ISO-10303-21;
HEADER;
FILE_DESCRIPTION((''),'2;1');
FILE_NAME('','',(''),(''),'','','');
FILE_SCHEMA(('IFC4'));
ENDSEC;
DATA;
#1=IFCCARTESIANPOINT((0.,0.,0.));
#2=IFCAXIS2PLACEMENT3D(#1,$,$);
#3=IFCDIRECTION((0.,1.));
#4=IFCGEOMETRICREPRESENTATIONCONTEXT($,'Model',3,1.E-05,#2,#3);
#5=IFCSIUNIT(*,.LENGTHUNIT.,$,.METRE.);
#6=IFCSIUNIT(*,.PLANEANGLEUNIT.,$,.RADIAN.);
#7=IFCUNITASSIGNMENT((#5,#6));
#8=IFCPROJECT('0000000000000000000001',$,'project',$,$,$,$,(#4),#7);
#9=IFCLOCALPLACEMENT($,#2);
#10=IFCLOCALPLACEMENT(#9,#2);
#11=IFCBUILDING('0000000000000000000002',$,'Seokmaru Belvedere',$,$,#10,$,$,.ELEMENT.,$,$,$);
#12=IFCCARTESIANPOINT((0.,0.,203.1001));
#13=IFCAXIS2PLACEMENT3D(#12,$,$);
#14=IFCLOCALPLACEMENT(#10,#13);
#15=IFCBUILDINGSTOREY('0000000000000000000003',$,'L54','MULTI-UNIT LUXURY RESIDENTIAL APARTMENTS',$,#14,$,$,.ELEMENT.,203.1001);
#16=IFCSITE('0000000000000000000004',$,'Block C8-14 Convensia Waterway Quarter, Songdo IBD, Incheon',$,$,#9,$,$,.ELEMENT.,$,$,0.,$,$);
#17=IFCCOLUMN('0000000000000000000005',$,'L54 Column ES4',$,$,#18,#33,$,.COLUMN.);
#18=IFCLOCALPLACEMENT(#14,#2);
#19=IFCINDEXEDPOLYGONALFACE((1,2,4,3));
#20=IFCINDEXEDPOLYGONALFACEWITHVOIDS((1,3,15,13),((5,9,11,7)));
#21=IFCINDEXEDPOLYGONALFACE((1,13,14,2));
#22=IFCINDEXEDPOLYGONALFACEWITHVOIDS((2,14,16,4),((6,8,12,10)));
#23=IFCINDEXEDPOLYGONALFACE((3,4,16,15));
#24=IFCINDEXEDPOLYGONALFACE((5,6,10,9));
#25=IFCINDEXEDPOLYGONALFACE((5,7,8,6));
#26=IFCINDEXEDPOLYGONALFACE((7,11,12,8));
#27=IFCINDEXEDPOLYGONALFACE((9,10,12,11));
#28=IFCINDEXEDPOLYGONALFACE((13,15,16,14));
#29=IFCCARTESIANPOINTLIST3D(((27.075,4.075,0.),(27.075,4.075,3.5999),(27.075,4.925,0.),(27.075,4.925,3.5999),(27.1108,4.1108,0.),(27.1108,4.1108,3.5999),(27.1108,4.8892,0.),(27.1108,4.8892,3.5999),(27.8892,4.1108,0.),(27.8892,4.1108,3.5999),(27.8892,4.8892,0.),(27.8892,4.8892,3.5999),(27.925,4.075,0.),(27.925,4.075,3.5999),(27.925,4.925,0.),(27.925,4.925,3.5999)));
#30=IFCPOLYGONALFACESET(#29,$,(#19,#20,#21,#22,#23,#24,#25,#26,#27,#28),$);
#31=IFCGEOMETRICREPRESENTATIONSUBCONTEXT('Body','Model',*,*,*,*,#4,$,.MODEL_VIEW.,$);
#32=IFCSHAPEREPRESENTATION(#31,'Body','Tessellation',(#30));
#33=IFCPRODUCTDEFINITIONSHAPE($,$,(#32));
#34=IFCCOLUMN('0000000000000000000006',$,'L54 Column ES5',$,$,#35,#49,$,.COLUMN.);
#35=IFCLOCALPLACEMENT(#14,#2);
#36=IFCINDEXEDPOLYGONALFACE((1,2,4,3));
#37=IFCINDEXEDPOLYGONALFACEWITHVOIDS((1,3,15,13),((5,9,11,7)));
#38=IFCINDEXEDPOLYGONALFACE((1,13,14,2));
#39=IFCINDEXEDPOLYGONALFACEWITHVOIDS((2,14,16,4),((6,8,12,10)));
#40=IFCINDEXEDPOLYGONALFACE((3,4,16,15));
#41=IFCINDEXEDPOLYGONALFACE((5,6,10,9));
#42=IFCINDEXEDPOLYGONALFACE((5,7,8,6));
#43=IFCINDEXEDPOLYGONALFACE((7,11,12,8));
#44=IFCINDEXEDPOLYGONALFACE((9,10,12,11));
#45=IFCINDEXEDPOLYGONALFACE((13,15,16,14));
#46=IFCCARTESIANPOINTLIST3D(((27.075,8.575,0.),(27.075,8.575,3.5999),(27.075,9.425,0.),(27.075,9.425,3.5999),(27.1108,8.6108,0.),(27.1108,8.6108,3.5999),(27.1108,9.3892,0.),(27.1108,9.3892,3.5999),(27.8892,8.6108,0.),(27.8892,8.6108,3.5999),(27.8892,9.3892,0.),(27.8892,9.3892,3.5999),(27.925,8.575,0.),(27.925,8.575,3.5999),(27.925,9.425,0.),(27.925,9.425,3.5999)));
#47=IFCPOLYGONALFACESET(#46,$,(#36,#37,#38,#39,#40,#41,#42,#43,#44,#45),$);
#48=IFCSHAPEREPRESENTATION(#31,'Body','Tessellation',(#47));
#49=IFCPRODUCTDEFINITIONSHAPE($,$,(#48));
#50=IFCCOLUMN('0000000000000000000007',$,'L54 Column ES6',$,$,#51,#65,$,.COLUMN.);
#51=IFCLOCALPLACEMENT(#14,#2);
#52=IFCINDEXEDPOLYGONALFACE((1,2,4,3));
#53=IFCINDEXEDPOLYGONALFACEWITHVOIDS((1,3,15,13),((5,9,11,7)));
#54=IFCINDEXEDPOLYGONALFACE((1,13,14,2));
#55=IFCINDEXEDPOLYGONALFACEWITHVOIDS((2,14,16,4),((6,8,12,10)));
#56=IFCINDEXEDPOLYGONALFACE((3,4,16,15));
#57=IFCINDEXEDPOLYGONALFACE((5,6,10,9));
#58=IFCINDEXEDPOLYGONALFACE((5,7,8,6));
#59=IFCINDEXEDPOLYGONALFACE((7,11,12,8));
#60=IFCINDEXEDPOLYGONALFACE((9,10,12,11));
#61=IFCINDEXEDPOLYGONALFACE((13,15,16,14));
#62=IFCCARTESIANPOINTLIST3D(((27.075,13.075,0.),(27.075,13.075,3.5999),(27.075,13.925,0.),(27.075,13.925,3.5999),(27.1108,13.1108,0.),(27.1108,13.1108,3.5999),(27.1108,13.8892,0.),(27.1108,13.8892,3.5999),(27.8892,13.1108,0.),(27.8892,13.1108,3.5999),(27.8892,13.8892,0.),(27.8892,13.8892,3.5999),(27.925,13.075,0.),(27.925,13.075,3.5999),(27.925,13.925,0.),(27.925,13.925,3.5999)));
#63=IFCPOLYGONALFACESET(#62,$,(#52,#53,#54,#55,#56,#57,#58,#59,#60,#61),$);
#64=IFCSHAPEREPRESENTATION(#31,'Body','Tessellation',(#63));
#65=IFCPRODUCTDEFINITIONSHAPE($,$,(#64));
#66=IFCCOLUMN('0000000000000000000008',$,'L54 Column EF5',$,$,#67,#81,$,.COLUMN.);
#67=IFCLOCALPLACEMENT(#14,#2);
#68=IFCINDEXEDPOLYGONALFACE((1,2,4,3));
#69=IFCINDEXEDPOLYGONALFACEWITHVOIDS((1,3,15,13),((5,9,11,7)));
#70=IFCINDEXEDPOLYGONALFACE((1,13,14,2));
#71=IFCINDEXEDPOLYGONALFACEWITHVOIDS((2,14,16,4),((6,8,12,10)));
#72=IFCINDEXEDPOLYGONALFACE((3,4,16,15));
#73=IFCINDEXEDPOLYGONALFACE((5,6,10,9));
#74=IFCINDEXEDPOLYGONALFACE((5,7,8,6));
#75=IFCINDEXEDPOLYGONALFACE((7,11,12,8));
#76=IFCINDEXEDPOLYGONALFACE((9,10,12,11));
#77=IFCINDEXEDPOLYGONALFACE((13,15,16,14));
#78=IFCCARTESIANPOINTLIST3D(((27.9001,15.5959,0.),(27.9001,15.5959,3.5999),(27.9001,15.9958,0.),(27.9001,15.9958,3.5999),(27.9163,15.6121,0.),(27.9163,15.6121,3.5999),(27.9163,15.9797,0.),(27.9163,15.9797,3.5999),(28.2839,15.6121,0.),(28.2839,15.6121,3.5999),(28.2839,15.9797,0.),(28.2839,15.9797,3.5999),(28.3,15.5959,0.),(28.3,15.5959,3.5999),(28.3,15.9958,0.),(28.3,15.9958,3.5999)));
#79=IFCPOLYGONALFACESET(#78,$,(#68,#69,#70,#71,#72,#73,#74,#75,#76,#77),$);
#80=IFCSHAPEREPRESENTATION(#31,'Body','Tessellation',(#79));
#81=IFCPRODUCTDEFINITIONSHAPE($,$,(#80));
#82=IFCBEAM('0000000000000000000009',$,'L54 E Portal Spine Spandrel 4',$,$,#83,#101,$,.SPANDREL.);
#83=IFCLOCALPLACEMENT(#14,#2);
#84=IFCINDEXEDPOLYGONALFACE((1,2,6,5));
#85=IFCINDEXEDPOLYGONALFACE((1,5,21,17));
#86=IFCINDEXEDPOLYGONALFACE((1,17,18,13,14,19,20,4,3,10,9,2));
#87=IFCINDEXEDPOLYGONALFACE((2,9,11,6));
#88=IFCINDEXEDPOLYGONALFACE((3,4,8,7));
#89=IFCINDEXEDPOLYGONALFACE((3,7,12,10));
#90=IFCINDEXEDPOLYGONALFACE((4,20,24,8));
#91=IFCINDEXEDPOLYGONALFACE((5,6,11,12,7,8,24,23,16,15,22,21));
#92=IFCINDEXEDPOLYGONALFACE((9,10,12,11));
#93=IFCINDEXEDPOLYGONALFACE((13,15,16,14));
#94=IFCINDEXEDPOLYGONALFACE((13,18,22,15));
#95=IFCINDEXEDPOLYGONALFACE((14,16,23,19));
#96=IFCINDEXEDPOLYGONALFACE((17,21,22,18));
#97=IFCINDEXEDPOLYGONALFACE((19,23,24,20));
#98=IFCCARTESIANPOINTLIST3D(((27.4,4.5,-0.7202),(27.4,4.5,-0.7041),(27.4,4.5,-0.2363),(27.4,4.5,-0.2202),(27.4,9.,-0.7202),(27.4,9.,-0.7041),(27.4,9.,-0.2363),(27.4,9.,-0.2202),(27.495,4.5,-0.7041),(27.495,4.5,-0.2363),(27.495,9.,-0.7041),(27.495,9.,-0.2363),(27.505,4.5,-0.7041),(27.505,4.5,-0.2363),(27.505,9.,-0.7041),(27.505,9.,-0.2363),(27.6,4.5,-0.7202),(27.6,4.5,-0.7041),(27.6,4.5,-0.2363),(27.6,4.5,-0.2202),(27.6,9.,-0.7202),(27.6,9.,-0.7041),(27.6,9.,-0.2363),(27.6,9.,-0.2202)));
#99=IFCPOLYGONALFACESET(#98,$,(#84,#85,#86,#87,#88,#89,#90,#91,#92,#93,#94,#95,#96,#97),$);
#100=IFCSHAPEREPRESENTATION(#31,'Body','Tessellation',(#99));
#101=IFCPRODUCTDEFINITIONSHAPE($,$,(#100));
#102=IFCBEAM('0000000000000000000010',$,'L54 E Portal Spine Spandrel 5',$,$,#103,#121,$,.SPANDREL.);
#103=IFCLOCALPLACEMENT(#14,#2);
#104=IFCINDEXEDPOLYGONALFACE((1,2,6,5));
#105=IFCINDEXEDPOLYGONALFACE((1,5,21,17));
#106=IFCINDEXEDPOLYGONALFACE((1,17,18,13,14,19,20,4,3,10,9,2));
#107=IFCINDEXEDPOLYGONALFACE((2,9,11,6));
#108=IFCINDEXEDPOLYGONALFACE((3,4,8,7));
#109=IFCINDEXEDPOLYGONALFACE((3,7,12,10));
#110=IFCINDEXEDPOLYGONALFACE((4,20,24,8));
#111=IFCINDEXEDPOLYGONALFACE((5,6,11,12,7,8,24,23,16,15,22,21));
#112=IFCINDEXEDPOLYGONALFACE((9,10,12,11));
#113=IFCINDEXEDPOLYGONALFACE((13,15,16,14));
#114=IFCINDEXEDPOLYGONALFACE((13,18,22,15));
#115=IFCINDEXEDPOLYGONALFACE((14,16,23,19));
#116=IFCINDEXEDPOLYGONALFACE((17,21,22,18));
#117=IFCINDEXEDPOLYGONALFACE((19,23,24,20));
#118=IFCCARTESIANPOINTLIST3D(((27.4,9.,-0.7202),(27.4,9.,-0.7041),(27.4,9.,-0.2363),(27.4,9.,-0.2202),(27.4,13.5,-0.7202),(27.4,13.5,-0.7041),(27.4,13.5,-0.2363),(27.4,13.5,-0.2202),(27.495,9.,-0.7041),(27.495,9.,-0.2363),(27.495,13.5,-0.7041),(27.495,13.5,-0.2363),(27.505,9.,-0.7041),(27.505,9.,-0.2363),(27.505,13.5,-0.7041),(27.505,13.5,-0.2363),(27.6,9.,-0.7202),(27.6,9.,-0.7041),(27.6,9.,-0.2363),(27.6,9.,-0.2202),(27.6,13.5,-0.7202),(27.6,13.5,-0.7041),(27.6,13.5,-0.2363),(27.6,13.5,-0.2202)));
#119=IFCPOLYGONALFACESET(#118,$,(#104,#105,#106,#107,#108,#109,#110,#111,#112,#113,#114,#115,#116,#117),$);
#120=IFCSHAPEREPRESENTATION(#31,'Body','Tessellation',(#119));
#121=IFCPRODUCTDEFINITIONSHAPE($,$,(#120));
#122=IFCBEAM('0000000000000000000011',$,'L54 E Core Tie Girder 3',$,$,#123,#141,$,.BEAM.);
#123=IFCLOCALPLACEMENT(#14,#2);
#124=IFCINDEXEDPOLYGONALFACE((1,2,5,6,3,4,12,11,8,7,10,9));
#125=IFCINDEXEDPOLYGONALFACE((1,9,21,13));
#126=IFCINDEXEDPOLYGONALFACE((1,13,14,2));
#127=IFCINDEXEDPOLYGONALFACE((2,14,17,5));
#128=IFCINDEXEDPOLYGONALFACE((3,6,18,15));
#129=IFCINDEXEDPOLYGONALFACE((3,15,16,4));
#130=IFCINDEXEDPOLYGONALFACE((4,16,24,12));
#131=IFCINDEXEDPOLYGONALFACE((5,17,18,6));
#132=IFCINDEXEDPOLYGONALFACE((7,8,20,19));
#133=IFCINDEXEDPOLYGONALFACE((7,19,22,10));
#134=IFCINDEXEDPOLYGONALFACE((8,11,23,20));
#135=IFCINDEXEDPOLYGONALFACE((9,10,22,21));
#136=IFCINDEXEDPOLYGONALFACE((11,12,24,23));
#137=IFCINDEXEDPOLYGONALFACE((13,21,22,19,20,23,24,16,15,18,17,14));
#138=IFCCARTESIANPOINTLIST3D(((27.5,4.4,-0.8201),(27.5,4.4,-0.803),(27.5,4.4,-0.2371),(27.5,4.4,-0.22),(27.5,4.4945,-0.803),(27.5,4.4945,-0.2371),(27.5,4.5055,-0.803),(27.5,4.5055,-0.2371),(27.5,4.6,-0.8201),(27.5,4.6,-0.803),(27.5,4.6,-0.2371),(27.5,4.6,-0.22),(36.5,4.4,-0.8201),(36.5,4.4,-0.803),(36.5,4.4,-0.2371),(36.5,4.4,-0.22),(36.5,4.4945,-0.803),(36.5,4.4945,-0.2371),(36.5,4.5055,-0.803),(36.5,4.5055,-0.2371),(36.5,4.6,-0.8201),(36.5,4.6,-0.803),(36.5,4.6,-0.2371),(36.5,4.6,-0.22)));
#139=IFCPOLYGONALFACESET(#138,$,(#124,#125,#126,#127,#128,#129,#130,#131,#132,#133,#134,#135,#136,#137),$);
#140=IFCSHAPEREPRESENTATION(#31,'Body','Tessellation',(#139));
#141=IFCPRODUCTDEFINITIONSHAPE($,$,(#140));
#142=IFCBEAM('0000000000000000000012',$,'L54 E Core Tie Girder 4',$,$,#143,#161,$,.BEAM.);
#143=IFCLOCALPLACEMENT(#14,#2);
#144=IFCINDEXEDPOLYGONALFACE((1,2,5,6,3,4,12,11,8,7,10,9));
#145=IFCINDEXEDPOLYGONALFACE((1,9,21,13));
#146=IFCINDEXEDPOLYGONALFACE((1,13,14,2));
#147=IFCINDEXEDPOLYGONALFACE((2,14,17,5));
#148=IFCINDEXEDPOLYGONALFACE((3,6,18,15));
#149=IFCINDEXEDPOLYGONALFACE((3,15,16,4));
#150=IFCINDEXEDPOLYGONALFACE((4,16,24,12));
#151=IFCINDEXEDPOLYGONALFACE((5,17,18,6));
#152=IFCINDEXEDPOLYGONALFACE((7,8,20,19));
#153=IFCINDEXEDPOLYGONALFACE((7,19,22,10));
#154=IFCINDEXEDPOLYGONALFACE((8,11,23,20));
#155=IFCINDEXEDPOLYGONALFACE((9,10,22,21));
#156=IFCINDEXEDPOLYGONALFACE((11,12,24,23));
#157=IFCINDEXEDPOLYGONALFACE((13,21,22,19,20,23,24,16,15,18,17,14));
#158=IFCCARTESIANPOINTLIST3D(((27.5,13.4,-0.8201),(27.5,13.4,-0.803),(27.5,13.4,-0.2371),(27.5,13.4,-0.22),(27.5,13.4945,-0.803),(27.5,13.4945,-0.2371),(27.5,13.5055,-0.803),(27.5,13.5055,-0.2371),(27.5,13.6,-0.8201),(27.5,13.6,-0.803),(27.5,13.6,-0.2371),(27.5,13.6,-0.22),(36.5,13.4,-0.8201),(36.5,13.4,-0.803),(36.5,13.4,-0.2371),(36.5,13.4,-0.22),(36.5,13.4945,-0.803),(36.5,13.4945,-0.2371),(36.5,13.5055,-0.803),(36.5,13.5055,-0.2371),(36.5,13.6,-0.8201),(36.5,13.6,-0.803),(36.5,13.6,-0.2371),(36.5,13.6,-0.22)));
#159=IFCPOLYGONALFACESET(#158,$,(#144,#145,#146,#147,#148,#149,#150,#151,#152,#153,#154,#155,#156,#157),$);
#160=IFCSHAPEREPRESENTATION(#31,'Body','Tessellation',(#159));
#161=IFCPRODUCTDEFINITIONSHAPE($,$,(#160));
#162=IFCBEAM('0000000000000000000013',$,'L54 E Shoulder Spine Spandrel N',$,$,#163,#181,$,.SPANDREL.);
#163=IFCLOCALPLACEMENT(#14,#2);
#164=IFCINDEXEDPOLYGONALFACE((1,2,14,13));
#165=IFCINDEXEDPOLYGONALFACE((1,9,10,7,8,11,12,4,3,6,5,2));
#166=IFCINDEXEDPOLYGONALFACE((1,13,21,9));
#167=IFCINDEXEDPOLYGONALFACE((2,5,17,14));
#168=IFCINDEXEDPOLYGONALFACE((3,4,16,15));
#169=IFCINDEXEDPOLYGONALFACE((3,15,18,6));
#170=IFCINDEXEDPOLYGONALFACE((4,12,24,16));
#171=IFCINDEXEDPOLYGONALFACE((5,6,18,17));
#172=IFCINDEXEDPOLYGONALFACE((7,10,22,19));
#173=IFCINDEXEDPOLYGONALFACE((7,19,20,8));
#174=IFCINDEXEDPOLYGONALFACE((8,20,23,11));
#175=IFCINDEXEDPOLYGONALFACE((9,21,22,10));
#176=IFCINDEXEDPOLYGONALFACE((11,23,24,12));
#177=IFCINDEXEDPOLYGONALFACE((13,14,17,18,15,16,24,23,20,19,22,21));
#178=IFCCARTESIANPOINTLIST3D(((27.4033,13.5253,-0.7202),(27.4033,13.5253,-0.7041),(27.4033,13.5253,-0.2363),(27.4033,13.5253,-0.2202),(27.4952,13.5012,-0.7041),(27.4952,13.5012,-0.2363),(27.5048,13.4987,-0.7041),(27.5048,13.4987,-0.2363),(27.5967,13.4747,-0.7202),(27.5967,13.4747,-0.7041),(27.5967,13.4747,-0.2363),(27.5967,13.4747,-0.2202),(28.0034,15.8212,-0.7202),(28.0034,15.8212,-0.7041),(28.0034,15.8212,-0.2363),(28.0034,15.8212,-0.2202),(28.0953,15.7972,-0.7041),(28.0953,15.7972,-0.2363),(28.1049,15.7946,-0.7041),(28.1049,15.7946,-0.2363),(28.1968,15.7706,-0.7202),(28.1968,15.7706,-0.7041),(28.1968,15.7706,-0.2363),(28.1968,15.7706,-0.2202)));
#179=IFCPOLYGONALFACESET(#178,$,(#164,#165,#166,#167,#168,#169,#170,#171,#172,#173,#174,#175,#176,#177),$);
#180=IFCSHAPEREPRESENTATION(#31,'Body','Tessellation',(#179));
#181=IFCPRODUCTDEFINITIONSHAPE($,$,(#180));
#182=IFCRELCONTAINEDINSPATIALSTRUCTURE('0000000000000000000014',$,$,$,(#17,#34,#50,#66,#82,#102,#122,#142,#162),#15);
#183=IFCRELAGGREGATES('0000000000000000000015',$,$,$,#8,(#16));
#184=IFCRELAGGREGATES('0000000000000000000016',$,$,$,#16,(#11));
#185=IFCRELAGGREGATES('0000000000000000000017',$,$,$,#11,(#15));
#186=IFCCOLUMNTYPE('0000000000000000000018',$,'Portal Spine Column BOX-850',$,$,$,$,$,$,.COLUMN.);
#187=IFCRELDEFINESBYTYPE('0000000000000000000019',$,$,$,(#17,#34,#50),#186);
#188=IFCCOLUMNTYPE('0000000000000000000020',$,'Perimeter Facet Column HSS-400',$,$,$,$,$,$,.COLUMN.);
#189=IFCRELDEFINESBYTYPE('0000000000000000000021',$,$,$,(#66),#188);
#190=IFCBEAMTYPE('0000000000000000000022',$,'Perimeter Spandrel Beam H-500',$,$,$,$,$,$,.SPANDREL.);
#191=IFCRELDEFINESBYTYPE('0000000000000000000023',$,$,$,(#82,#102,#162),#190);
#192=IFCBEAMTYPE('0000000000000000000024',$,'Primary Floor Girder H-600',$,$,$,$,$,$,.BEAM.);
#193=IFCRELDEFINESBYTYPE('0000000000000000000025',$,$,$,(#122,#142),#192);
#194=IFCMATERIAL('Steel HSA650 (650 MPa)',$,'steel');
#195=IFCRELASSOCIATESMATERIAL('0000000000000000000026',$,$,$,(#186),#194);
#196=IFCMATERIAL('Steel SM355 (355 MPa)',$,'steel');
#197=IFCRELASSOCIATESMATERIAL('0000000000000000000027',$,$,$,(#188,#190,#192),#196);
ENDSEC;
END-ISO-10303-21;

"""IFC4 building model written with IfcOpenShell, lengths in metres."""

from ifc_helpers import new_model, si_unit, direction, frame, origin, origin_2d, place, context, subcontext, project, spatial, hollow_rectangle, i_section, extrude, source, transform, mapped, material, material_profile, profile_set, type_object, type_shapes, element, save


model = new_model("IFC4")

# Units and contexts
model_context = context("Model", 3, precision=1e-05, world=origin(), true_north=direction((0.0, 1.0)))
body_context = subcontext(model_context, "Body", "Model", "MODEL_VIEW")
ifc_project = project(units=[si_unit("LENGTHUNIT", "METRE"), si_unit("PLANEANGLEUNIT", "RADIAN")], contexts=[model_context])

# Site, building, storey
site_placement = place(None, origin())
site = spatial("IfcSite", under=ifc_project, at=site_placement, Name="Block C8-14 Convensia Waterway Quarter, Songdo IBD, Incheon", CompositionType="ELEMENT", RefElevation=0.0)
building_placement = place(site_placement, origin())
building = spatial("IfcBuilding", under=site, at=building_placement, Name="Seokmaru Belvedere", CompositionType="ELEMENT")
storey_placement = place(building_placement, frame((0.0, 0.0, 203.1001)))
storey = spatial("IfcBuildingStorey", under=building, at=storey_placement, Name="L54", Description="MULTI-UNIT LUXURY RESIDENTIAL APARTMENTS", CompositionType="ELEMENT", Elevation=203.1001)

# Columns
ifc_material_1 = material(Name="Steel HSA650 (650 MPa)", Category="steel")
ifc_material_profile_1 = material_profile(ifc_material_1, hollow_rectangle(XDim=0.8501, YDim=0.8501, WallThickness=0.0359, at=origin_2d()), Name="BOX-850x850x36")
ifc_profile_set_1 = profile_set([ifc_material_profile_1], Name="Steel HSA650 (650 MPa)")
column_type_1 = type_object("IfcColumnType", Name="Portal Spine Column BOX-850", PredefinedType="COLUMN", material=ifc_profile_set_1)
shared_shape_1 = source(origin(), body_context, "Body", "SweptSolid", [
    extrude(hollow_rectangle(XDim=0.8501, YDim=0.8501, WallThickness=0.0359, at=origin_2d()), origin(), (0.0, 0.0, 1.0), 3.5999),
])
type_shapes(column_type_1, [shared_shape_1])
for number, where, z_axis, x_axis, name in (
    (1, (27.5, 4.5, 0.0), (0.0, 0.0, 1.0), (1.0, 0.0, 0.0), "L54 Column ES4"),
    (2, (27.5, 9.0, 0.0), (0.0, 0.0, 1.0), (1.0, 0.0, 0.0), "L54 Column ES5"),
    (3, (27.5, 13.5, 0.0), (0.0, 0.0, 1.0), (1.0, 0.0, 0.0), "L54 Column ES6"),
):
    element("IfcColumn", number, at=place(storey_placement, frame(where, z_axis=z_axis, x_axis=x_axis)), inside=storey, type_object=column_type_1, Name=name, PredefinedType="COLUMN", context=body_context, shape_type="MappedRepresentation", body=[
        mapped(shared_shape_1, transform((0.0, 0.0, 0.0), scale=1.0)),
    ])
ifc_material_2 = material(Name="Steel SM355 (355 MPa)", Category="steel")
ifc_material_profile_2 = material_profile(ifc_material_2, hollow_rectangle(XDim=0.3999, YDim=0.3999, WallThickness=0.0161, at=origin_2d()), Name="HSS-400x400x16")
ifc_profile_set_2 = profile_set([ifc_material_profile_2], Name="Steel SM355 (355 MPa)")
column_type_2 = type_object("IfcColumnType", Name="Perimeter Facet Column HSS-400", PredefinedType="COLUMN", material=ifc_profile_set_2)
shared_shape_2 = source(origin(), body_context, "Body", "SweptSolid", [
    extrude(hollow_rectangle(XDim=0.3999, YDim=0.3999, WallThickness=0.0161, at=origin_2d()), origin(), (0.0, 0.0, 1.0), 3.5999),
])
type_shapes(column_type_2, [shared_shape_2])
column_placement = place(storey_placement, frame((28.1001, 15.7959, 0.0), z_axis=(0.0, 0.0, 1.0), x_axis=(1.0, 0.0, 0.0)))
element("IfcColumn", 4, at=column_placement, inside=storey, type_object=column_type_2, Name="L54 Column EF5", PredefinedType="COLUMN", context=body_context, shape_type="MappedRepresentation", body=[
    mapped(shared_shape_2, transform((0.0, 0.0, 0.0), scale=1.0)),
])

# Beams
ifc_material_profile_3 = material_profile(ifc_material_2, i_section(OverallWidth=0.2, OverallDepth=0.5, WebThickness=0.01, FlangeThickness=0.0161, at=origin_2d()), Name="H-500x200x10x16")
ifc_profile_set_3 = profile_set([ifc_material_profile_3], Name="Steel SM355 (355 MPa)")
beam_type_1 = type_object("IfcBeamType", Name="Perimeter Spandrel Beam H-500", PredefinedType="SPANDREL", material=ifc_profile_set_3)
shared_shape_3 = source(origin(), body_context, "Body", "SweptSolid", [
    extrude(i_section(OverallWidth=0.2, OverallDepth=0.5, WebThickness=0.01, FlangeThickness=0.0161, at=origin_2d()), origin(), (0.0, 0.0, 1.0), 4.5),
])
for number, where, z_axis, x_axis, name in (
    (5, (27.5, 4.5, -0.4702), (0.0, 1.0, 0.0), (-1.0, 0.0, 0.0), "L54 E Portal Spine Spandrel 4"),
    (6, (27.5, 9.0, -0.4702), (0.0, 1.0, 0.0), (-1.0, 0.0, 0.0), "L54 E Portal Spine Spandrel 5"),
):
    element("IfcBeam", number, at=place(storey_placement, frame(where, z_axis=z_axis, x_axis=x_axis)), inside=storey, type_object=beam_type_1, Name=name, PredefinedType="SPANDREL", context=body_context, shape_type="MappedRepresentation", body=[
        mapped(shared_shape_3, transform((0.0, 0.0, 0.0), scale=1.0)),
    ])
ifc_material_profile_4 = material_profile(ifc_material_2, i_section(OverallWidth=0.2, OverallDepth=0.6001, WebThickness=0.011, FlangeThickness=0.0171, at=origin_2d()), Name="H-600x200x11x17")
ifc_profile_set_4 = profile_set([ifc_material_profile_4], Name="Steel SM355 (355 MPa)")
beam_type_2 = type_object("IfcBeamType", Name="Primary Floor Girder H-600", PredefinedType="BEAM", material=ifc_profile_set_4)
shared_shape_4 = source(origin(), body_context, "Body", "SweptSolid", [
    extrude(i_section(OverallWidth=0.2, OverallDepth=0.6001, WebThickness=0.011, FlangeThickness=0.0171, at=origin_2d()), origin(), (0.0, 0.0, 1.0), 9.0),
])
type_shapes(beam_type_2, [shared_shape_4])
for number, where, z_axis, x_axis, name in (
    (7, (27.5, 4.5, -0.52), (1.0, 0.0, 0.0), (0.0, 1.0, 0.0), "L54 E Core Tie Girder 3"),
    (8, (27.5, 13.5, -0.52), (1.0, 0.0, 0.0), (0.0, 1.0, 0.0), "L54 E Core Tie Girder 4"),
):
    element("IfcBeam", number, at=place(storey_placement, frame(where, z_axis=z_axis, x_axis=x_axis)), inside=storey, type_object=beam_type_2, Name=name, PredefinedType="BEAM", context=body_context, shape_type="MappedRepresentation", body=[
        mapped(shared_shape_4, transform((0.0, 0.0, 0.0), scale=1.0)),
    ])
shared_shape_5 = source(origin(), body_context, "Body", "SweptSolid", [
    extrude(i_section(OverallWidth=0.2, OverallDepth=0.5, WebThickness=0.01, FlangeThickness=0.0161, at=origin_2d()), origin(), (0.0, 0.0, 1.0), 2.373),
])
type_shapes(beam_type_1, [shared_shape_3, shared_shape_5])
beam_placement = place(storey_placement, frame((28.1001, 15.7959, -0.4702), z_axis=(-0.252883, -0.967497, 0.0), x_axis=(0.967497, -0.252883, 0.0)))
element("IfcBeam", 9, at=beam_placement, inside=storey, type_object=beam_type_1, Name="L54 E Shoulder Spine Spandrel N", PredefinedType="SPANDREL", context=body_context, shape_type="MappedRepresentation", body=[
    mapped(shared_shape_5, transform((0.0, 0.0, 0.0), scale=1.0)),
])

save(model, "model.ifc")
